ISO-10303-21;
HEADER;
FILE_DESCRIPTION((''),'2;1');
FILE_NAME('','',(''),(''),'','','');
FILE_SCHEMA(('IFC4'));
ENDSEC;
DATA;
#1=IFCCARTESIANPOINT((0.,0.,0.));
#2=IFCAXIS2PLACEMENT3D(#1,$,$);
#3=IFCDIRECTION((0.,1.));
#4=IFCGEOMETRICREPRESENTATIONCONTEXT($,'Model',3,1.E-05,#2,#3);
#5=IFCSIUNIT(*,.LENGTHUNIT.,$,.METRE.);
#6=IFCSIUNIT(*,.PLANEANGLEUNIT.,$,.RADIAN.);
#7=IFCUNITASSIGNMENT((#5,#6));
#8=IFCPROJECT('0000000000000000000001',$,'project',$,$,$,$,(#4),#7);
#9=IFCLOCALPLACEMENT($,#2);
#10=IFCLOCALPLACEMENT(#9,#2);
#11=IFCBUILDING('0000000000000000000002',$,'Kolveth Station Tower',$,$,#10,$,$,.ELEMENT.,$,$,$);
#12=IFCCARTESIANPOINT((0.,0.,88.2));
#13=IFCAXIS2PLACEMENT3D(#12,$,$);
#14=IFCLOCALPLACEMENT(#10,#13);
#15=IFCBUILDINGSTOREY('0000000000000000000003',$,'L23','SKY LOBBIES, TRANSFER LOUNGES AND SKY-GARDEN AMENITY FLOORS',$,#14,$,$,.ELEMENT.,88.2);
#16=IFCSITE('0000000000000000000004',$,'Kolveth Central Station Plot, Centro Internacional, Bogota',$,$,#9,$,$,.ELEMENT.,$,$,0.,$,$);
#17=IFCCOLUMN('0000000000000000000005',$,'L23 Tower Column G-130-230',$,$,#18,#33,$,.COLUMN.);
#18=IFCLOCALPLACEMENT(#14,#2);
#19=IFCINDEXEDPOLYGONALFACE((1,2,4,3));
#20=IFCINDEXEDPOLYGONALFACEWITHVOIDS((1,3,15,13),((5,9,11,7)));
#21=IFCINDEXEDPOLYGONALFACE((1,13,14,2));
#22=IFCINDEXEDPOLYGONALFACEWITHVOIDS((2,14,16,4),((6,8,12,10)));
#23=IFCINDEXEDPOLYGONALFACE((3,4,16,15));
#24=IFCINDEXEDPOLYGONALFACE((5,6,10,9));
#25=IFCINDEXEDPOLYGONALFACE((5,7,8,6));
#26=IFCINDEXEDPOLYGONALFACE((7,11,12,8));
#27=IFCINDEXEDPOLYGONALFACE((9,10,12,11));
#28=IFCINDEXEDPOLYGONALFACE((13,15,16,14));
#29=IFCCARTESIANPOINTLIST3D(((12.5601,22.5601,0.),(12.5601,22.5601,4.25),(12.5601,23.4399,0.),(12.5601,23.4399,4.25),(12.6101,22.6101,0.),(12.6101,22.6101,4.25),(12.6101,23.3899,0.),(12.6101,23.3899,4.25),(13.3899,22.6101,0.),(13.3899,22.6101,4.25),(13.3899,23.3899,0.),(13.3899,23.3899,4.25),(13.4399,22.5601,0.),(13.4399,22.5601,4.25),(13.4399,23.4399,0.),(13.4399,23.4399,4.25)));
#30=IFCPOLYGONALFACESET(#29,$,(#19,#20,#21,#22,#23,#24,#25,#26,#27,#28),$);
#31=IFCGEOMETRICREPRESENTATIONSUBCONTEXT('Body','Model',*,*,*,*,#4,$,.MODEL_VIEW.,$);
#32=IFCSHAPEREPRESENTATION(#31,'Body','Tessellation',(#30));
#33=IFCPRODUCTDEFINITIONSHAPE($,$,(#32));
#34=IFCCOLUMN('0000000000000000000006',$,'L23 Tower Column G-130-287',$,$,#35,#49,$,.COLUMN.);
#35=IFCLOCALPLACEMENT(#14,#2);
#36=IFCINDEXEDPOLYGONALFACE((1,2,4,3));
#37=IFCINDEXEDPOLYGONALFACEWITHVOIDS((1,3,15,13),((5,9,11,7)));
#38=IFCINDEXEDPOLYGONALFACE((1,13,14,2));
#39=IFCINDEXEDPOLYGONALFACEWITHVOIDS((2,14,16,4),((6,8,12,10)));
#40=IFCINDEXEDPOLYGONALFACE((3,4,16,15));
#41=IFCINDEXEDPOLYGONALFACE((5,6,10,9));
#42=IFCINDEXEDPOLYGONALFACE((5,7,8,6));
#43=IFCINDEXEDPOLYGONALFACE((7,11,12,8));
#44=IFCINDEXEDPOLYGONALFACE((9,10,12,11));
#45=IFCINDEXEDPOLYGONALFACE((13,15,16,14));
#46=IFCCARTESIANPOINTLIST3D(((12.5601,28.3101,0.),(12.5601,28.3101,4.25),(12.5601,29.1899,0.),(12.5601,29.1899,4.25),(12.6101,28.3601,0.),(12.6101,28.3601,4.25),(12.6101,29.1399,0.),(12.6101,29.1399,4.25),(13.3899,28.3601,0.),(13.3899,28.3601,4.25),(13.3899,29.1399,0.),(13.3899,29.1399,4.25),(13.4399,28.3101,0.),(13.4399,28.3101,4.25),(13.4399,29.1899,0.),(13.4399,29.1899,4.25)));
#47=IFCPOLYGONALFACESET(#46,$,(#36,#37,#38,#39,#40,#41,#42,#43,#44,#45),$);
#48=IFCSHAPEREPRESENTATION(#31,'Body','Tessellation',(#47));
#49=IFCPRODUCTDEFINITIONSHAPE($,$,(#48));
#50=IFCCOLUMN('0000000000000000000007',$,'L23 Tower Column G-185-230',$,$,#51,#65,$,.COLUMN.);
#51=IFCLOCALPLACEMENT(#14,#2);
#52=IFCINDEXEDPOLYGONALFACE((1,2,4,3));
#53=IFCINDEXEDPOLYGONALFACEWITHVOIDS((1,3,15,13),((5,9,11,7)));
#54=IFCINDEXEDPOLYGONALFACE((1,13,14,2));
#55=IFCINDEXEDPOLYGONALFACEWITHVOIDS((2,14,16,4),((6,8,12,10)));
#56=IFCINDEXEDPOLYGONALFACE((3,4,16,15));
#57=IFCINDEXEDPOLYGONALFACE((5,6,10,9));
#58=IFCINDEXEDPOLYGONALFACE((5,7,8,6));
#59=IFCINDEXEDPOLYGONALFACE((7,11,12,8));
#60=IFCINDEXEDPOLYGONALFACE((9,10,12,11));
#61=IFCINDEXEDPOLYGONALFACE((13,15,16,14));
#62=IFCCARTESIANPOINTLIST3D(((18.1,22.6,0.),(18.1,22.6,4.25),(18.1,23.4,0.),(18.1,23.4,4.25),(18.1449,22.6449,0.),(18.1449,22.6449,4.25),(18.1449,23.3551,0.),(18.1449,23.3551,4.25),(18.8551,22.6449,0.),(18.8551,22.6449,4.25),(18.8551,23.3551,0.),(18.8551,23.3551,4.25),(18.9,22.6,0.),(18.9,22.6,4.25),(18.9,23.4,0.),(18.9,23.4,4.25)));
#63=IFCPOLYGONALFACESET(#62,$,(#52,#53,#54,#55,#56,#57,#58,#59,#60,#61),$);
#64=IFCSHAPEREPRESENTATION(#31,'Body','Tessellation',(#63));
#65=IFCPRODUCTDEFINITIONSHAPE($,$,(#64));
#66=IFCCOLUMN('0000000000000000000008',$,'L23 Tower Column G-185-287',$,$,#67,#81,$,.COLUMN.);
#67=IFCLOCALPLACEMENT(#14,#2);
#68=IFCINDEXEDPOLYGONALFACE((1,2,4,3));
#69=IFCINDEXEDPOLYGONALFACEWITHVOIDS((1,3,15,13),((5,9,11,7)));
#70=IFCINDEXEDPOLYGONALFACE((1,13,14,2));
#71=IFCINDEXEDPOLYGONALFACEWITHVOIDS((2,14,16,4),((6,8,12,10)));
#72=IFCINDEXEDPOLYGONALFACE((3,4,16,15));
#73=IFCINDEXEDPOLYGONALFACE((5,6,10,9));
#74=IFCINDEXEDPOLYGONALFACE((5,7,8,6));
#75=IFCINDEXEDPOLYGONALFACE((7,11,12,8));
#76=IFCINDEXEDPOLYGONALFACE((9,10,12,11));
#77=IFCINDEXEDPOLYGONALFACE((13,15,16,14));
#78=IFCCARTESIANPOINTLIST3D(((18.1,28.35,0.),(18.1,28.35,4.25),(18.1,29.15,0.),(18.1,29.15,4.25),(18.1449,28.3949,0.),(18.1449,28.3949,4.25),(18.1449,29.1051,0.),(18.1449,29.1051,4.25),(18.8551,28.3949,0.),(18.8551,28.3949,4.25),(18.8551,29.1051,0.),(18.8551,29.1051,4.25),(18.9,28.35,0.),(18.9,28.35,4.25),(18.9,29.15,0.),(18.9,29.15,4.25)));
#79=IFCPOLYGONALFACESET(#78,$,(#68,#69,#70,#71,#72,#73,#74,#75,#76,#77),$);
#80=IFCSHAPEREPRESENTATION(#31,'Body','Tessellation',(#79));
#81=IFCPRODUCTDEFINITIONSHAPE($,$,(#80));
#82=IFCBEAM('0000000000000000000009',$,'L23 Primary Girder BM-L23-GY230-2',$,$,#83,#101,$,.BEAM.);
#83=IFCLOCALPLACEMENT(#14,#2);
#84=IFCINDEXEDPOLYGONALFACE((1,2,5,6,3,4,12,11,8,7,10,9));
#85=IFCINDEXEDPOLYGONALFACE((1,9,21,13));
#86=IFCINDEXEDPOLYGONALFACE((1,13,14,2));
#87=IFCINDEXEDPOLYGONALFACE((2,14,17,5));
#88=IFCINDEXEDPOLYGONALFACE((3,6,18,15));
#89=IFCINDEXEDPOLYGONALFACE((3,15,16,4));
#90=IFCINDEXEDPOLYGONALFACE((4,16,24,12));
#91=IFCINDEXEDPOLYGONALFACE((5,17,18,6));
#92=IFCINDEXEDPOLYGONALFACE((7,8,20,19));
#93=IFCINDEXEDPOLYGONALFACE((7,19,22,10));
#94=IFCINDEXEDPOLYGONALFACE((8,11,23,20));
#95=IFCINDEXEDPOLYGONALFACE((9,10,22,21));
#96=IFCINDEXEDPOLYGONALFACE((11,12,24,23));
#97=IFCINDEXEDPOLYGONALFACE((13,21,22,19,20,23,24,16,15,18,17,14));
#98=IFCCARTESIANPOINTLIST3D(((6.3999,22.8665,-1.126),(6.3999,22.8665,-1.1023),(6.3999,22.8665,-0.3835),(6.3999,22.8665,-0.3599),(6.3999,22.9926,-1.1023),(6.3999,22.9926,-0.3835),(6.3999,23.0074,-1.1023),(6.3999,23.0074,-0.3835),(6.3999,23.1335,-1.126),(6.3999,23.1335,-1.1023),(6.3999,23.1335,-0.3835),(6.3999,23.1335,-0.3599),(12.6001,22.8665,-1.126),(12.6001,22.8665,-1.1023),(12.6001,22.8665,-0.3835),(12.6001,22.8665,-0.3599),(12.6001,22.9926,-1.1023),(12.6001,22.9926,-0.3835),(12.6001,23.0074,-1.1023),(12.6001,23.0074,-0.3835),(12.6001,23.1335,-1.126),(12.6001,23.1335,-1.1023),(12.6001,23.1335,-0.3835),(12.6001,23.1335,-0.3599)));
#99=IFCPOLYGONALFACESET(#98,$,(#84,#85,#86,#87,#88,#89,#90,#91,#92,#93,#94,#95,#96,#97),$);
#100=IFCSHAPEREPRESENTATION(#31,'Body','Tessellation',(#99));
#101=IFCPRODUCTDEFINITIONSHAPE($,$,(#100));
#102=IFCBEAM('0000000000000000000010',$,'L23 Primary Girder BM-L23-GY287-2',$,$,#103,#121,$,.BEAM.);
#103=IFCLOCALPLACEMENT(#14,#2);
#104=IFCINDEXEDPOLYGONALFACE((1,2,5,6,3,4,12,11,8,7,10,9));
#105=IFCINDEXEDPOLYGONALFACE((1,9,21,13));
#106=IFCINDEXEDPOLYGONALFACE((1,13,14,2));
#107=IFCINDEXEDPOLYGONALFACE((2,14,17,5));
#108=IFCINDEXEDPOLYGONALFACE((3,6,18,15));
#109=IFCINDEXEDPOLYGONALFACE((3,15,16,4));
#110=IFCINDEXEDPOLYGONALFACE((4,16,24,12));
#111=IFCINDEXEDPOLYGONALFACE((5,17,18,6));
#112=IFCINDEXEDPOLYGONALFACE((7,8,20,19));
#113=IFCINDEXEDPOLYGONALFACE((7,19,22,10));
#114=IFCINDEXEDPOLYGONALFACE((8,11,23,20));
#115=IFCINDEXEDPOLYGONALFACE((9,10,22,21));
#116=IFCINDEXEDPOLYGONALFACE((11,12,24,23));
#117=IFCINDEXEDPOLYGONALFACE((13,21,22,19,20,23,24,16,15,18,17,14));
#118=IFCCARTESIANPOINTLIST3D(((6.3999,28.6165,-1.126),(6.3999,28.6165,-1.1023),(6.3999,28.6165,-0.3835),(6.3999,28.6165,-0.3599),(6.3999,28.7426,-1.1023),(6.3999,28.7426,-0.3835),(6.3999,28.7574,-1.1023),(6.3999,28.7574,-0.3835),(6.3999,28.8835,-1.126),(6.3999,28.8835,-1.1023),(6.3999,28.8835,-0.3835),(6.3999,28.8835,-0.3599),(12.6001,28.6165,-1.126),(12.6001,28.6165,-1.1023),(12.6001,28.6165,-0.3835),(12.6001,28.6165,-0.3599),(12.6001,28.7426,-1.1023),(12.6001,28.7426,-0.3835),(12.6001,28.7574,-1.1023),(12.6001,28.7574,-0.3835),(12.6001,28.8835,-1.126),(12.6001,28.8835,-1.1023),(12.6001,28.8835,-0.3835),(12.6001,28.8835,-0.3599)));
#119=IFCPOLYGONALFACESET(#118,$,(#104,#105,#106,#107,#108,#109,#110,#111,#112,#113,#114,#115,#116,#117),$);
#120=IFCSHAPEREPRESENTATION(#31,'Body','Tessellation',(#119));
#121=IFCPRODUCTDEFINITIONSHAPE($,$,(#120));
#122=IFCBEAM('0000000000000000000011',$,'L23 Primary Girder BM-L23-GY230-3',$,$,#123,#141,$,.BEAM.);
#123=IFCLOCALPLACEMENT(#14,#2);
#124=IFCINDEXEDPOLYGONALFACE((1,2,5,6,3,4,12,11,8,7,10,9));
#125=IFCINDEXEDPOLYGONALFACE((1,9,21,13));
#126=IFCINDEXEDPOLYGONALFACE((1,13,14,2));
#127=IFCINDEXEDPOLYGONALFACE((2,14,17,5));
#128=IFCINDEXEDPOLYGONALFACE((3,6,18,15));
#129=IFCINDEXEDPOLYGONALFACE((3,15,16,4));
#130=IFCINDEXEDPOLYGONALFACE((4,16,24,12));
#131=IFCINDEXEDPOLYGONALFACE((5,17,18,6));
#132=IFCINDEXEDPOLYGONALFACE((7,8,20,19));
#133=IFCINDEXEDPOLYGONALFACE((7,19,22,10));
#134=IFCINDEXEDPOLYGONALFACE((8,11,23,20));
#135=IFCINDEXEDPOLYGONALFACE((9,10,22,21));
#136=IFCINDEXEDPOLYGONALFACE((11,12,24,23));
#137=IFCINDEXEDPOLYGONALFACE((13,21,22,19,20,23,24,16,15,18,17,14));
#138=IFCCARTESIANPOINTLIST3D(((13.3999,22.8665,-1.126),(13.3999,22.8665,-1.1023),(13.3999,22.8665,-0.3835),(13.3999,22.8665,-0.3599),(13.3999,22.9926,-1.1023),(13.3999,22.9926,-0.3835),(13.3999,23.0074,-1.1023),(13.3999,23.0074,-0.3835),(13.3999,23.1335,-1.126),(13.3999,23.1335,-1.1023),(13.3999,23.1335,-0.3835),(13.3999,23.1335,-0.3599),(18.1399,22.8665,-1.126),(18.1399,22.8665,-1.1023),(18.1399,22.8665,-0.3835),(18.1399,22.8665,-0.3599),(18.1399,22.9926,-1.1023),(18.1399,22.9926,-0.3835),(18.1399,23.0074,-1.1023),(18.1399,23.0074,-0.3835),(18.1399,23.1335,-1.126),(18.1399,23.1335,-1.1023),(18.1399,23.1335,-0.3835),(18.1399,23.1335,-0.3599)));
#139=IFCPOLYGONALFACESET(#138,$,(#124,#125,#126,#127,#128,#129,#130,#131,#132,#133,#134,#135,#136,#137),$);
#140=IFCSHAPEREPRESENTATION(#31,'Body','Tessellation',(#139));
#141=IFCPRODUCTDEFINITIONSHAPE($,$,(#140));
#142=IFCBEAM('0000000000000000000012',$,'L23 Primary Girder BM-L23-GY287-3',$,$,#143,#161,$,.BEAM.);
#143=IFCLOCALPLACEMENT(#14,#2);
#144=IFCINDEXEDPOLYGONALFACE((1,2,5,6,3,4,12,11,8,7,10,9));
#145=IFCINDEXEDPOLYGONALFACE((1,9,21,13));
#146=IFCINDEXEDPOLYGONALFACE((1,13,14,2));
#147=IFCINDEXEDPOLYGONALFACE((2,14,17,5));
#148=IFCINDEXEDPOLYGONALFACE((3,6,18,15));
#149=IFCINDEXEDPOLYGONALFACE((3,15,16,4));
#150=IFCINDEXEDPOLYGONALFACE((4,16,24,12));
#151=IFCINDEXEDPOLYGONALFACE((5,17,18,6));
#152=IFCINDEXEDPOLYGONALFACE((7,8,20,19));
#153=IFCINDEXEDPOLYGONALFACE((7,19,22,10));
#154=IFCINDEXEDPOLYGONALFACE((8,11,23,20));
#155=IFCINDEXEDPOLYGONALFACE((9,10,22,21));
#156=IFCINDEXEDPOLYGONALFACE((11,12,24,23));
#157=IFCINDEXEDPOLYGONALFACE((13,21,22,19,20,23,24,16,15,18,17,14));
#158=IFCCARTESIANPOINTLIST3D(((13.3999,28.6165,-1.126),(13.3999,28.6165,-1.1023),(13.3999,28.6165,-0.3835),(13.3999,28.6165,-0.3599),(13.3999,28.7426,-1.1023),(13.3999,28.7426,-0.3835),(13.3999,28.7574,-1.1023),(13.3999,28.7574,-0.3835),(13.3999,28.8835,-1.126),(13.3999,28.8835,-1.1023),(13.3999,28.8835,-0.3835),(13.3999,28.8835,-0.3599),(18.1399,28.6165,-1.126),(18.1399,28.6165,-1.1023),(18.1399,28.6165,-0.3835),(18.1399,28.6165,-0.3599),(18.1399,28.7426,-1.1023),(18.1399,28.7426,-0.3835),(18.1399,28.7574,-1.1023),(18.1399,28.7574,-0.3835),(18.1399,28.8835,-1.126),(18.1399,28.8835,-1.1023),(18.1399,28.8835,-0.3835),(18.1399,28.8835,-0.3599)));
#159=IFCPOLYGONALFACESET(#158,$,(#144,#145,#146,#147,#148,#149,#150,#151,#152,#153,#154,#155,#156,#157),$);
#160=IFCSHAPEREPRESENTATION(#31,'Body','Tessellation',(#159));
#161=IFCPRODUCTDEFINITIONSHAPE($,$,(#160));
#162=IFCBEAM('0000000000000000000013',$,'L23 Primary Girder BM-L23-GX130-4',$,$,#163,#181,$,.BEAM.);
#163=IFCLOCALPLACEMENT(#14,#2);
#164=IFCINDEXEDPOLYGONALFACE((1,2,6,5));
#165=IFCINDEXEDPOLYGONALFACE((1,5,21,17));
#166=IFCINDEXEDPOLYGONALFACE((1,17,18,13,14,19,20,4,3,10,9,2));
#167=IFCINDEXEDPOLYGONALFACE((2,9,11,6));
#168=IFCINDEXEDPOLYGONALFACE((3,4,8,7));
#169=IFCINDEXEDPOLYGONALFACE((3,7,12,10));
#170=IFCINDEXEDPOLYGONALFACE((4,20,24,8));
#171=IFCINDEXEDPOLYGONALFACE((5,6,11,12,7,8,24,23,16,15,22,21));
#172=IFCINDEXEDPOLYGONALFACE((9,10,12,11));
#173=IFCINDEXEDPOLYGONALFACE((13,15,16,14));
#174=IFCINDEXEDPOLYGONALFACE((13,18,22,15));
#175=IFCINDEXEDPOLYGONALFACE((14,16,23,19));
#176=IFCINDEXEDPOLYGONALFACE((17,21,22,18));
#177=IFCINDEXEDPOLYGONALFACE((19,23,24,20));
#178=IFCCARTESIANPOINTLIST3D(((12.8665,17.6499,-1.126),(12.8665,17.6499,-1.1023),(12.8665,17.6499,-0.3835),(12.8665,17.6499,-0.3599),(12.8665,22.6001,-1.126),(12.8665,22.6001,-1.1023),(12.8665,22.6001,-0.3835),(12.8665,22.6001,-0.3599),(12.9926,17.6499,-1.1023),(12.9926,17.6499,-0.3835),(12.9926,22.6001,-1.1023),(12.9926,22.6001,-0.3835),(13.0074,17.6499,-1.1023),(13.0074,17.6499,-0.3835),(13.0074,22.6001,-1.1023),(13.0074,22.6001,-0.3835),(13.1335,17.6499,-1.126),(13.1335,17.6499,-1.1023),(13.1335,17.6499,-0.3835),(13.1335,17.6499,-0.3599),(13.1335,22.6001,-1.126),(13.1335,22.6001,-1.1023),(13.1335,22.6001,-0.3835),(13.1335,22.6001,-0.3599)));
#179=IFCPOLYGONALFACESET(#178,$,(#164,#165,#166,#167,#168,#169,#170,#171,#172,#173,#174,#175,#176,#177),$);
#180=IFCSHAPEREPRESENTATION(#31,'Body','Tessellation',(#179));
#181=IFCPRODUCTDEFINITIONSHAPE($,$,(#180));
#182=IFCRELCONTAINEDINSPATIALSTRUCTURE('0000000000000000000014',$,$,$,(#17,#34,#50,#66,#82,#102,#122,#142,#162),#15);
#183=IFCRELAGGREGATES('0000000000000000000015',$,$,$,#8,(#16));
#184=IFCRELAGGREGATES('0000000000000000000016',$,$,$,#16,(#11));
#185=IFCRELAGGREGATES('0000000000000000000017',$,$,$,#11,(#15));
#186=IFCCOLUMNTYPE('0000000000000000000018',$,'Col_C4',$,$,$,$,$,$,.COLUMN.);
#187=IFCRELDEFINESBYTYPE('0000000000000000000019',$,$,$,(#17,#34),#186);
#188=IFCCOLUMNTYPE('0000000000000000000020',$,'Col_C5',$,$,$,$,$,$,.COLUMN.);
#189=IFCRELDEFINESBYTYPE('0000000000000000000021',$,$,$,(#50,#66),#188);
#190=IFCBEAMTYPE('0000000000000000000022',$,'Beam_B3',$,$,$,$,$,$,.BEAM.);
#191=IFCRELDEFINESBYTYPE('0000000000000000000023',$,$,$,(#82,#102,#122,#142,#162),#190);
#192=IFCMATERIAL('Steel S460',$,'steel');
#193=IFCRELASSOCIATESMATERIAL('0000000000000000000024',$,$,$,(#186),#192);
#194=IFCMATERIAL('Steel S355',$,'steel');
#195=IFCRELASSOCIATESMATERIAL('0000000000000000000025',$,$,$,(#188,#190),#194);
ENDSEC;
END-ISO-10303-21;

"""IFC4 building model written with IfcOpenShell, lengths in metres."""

from ifc_helpers import new_model, si_unit, direction, frame, origin, origin_2d, place, context, subcontext, project, spatial, hollow_rectangle, i_section, extrude, source, transform, mapped, material, material_profile, profile_set, type_object, element, save


model = new_model("IFC4")

# Units and contexts
model_context = context("Model", 3, precision=1e-05, world=origin(), true_north=direction((0.0, 1.0)))
body_context = subcontext(model_context, "Body", "Model", "MODEL_VIEW")
ifc_project = project(units=[si_unit("LENGTHUNIT", "METRE"), si_unit("PLANEANGLEUNIT", "RADIAN")], contexts=[model_context])

# Site, building, storey
site_placement = place(None, origin())
site = spatial("IfcSite", under=ifc_project, at=site_placement, Name="Kolveth Central Station Plot, Centro Internacional, Bogota", CompositionType="ELEMENT", RefElevation=0.0)
building_placement = place(site_placement, origin())
building = spatial("IfcBuilding", under=site, at=building_placement, Name="Kolveth Station Tower", CompositionType="ELEMENT")
storey_placement = place(building_placement, frame((0.0, 0.0, 88.2)))
storey = spatial("IfcBuildingStorey", under=building, at=storey_placement, Name="L23", Description="SKY LOBBIES, TRANSFER LOUNGES AND SKY-GARDEN AMENITY FLOORS", CompositionType="ELEMENT", Elevation=88.2)

# Columns
ifc_material_1 = material(Name="Steel S460", Category="steel")
ifc_material_profile_1 = material_profile(ifc_material_1, hollow_rectangle(XDim=0.8799, YDim=0.8799, WallThickness=0.05, at=origin_2d()), Name="BOX880x880x50")
ifc_profile_set_1 = profile_set([ifc_material_profile_1], Name="Steel S460")
column_type_1 = type_object("IfcColumnType", Name="Col_C4", PredefinedType="COLUMN", material=ifc_profile_set_1)
shared_shape_1 = source(origin(), body_context, "Body", "SweptSolid", [
    extrude(hollow_rectangle(XDim=0.8799, YDim=0.8799, WallThickness=0.05, at=origin_2d()), origin(), (0.0, 0.0, 1.0), 4.25),
])
for number, where, z_axis, x_axis, name in (
    (1, (13.0, 23.0, 0.0), (0.0, 0.0, 1.0), (1.0, 0.0, 0.0), "L23 Tower Column G-130-230"),
    (2, (13.0, 28.75, 0.0), (0.0, 0.0, 1.0), (1.0, 0.0, 0.0), "L23 Tower Column G-130-287"),
):
    element("IfcColumn", number, at=place(storey_placement, frame(where, z_axis=z_axis, x_axis=x_axis)), inside=storey, type_object=column_type_1, Name=name, PredefinedType="COLUMN", context=body_context, shape_type="MappedRepresentation", body=[
        mapped(shared_shape_1, transform((0.0, 0.0, 0.0), x_axis=(1.0, 0.0, 0.0), y_axis=(0.0, 1.0, 0.0), z_axis=(0.0, 0.0, 1.0), scale=1.0)),
    ])
ifc_material_2 = material(Name="Steel S355", Category="steel")
ifc_material_profile_2 = material_profile(ifc_material_2, hollow_rectangle(XDim=0.8, YDim=0.8, WallThickness=0.0449, at=origin_2d()), Name="BOX800x800x45")
ifc_profile_set_2 = profile_set([ifc_material_profile_2], Name="Steel S355")
column_type_2 = type_object("IfcColumnType", Name="Col_C5", PredefinedType="COLUMN", material=ifc_profile_set_2)
shared_shape_2 = source(origin(), body_context, "Body", "SweptSolid", [
    extrude(hollow_rectangle(XDim=0.8, YDim=0.8, WallThickness=0.0449, at=origin_2d()), origin(), (0.0, 0.0, 1.0), 4.25),
])
for number, where, z_axis, x_axis, name in (
    (3, (18.5, 23.0, 0.0), (0.0, 0.0, 1.0), (1.0, 0.0, 0.0), "L23 Tower Column G-185-230"),
    (4, (18.5, 28.75, 0.0), (0.0, 0.0, 1.0), (1.0, 0.0, 0.0), "L23 Tower Column G-185-287"),
):
    element("IfcColumn", number, at=place(storey_placement, frame(where, z_axis=z_axis, x_axis=x_axis)), inside=storey, type_object=column_type_2, Name=name, PredefinedType="COLUMN", context=body_context, shape_type="MappedRepresentation", body=[
        mapped(shared_shape_2, transform((0.0, 0.0, 0.0), x_axis=(1.0, 0.0, 0.0), y_axis=(0.0, 1.0, 0.0), z_axis=(0.0, 0.0, 1.0), scale=1.0)),
    ])

# Beams
ifc_material_profile_3 = material_profile(ifc_material_2, i_section(OverallWidth=0.2671, OverallDepth=0.7661, WebThickness=0.0149, FlangeThickness=0.0237, at=origin_2d()), Name="W760x185")
ifc_profile_set_3 = profile_set([ifc_material_profile_3], Name="Steel S355")
beam_type_1 = type_object("IfcBeamType", Name="Beam_B3", PredefinedType="BEAM", material=ifc_profile_set_3)
shared_shape_3 = source(origin(), body_context, "Body", "SweptSolid", [
    extrude(i_section(OverallWidth=0.2671, OverallDepth=0.7661, WebThickness=0.0149, FlangeThickness=0.0237, at=origin_2d()), origin(), (0.0, 0.0, 1.0), 6.2002),
])
for number, where, z_axis, x_axis, name in (
    (5, (6.3999, 23.0, -0.7429), (1.0, 0.0, 0.0), (0.0, 1.0, 0.0), "L23 Primary Girder BM-L23-GY230-2"),
    (6, (6.3999, 28.75, -0.7429), (1.0, 0.0, 0.0), (0.0, 1.0, 0.0), "L23 Primary Girder BM-L23-GY287-2"),
):
    element("IfcBeam", number, at=place(storey_placement, frame(where, z_axis=z_axis, x_axis=x_axis)), inside=storey, type_object=beam_type_1, Name=name, PredefinedType="BEAM", context=body_context, shape_type="MappedRepresentation", body=[
        mapped(shared_shape_3, transform((0.0, 0.0, 0.0), x_axis=(1.0, 0.0, 0.0), y_axis=(0.0, 1.0, 0.0), z_axis=(0.0, 0.0, 1.0), scale=1.0)),
    ])
shared_shape_4 = source(origin(), body_context, "Body", "SweptSolid", [
    extrude(i_section(OverallWidth=0.2671, OverallDepth=0.7661, WebThickness=0.0149, FlangeThickness=0.0237, at=origin_2d()), origin(), (0.0, 0.0, 1.0), 4.74),
])
for number, where, z_axis, x_axis, name in (
    (7, (13.3999, 23.0, -0.7429), (1.0, 0.0, 0.0), (0.0, 1.0, 0.0), "L23 Primary Girder BM-L23-GY230-3"),
    (8, (13.3999, 28.75, -0.7429), (1.0, 0.0, 0.0), (0.0, 1.0, 0.0), "L23 Primary Girder BM-L23-GY287-3"),
):
    element("IfcBeam", number, at=place(storey_placement, frame(where, z_axis=z_axis, x_axis=x_axis)), inside=storey, type_object=beam_type_1, Name=name, PredefinedType="BEAM", context=body_context, shape_type="MappedRepresentation", body=[
        mapped(shared_shape_4, transform((0.0, 0.0, 0.0), x_axis=(1.0, 0.0, 0.0), y_axis=(0.0, 1.0, 0.0), z_axis=(0.0, 0.0, 1.0), scale=1.0)),
    ])
shared_shape_5 = source(origin(), body_context, "Body", "SweptSolid", [
    extrude(i_section(OverallWidth=0.2671, OverallDepth=0.7661, WebThickness=0.0149, FlangeThickness=0.0237, at=origin_2d()), origin(), (0.0, 0.0, 1.0), 4.9502),
])
for number, where, z_axis, x_axis, name in (
    (9, (13.0, 17.6499, -0.7429), (0.0, 1.0, 0.0), (-1.0, 0.0, 0.0), "L23 Primary Girder BM-L23-GX130-4"),
):
    element("IfcBeam", number, at=place(storey_placement, frame(where, z_axis=z_axis, x_axis=x_axis)), inside=storey, type_object=beam_type_1, Name=name, PredefinedType="BEAM", context=body_context, shape_type="MappedRepresentation", body=[
        mapped(shared_shape_5, transform((0.0, 0.0, 0.0), x_axis=(1.0, 0.0, 0.0), y_axis=(0.0, 1.0, 0.0), z_axis=(0.0, 0.0, 1.0), scale=1.0)),
    ])

save(model, "model.ifc")
